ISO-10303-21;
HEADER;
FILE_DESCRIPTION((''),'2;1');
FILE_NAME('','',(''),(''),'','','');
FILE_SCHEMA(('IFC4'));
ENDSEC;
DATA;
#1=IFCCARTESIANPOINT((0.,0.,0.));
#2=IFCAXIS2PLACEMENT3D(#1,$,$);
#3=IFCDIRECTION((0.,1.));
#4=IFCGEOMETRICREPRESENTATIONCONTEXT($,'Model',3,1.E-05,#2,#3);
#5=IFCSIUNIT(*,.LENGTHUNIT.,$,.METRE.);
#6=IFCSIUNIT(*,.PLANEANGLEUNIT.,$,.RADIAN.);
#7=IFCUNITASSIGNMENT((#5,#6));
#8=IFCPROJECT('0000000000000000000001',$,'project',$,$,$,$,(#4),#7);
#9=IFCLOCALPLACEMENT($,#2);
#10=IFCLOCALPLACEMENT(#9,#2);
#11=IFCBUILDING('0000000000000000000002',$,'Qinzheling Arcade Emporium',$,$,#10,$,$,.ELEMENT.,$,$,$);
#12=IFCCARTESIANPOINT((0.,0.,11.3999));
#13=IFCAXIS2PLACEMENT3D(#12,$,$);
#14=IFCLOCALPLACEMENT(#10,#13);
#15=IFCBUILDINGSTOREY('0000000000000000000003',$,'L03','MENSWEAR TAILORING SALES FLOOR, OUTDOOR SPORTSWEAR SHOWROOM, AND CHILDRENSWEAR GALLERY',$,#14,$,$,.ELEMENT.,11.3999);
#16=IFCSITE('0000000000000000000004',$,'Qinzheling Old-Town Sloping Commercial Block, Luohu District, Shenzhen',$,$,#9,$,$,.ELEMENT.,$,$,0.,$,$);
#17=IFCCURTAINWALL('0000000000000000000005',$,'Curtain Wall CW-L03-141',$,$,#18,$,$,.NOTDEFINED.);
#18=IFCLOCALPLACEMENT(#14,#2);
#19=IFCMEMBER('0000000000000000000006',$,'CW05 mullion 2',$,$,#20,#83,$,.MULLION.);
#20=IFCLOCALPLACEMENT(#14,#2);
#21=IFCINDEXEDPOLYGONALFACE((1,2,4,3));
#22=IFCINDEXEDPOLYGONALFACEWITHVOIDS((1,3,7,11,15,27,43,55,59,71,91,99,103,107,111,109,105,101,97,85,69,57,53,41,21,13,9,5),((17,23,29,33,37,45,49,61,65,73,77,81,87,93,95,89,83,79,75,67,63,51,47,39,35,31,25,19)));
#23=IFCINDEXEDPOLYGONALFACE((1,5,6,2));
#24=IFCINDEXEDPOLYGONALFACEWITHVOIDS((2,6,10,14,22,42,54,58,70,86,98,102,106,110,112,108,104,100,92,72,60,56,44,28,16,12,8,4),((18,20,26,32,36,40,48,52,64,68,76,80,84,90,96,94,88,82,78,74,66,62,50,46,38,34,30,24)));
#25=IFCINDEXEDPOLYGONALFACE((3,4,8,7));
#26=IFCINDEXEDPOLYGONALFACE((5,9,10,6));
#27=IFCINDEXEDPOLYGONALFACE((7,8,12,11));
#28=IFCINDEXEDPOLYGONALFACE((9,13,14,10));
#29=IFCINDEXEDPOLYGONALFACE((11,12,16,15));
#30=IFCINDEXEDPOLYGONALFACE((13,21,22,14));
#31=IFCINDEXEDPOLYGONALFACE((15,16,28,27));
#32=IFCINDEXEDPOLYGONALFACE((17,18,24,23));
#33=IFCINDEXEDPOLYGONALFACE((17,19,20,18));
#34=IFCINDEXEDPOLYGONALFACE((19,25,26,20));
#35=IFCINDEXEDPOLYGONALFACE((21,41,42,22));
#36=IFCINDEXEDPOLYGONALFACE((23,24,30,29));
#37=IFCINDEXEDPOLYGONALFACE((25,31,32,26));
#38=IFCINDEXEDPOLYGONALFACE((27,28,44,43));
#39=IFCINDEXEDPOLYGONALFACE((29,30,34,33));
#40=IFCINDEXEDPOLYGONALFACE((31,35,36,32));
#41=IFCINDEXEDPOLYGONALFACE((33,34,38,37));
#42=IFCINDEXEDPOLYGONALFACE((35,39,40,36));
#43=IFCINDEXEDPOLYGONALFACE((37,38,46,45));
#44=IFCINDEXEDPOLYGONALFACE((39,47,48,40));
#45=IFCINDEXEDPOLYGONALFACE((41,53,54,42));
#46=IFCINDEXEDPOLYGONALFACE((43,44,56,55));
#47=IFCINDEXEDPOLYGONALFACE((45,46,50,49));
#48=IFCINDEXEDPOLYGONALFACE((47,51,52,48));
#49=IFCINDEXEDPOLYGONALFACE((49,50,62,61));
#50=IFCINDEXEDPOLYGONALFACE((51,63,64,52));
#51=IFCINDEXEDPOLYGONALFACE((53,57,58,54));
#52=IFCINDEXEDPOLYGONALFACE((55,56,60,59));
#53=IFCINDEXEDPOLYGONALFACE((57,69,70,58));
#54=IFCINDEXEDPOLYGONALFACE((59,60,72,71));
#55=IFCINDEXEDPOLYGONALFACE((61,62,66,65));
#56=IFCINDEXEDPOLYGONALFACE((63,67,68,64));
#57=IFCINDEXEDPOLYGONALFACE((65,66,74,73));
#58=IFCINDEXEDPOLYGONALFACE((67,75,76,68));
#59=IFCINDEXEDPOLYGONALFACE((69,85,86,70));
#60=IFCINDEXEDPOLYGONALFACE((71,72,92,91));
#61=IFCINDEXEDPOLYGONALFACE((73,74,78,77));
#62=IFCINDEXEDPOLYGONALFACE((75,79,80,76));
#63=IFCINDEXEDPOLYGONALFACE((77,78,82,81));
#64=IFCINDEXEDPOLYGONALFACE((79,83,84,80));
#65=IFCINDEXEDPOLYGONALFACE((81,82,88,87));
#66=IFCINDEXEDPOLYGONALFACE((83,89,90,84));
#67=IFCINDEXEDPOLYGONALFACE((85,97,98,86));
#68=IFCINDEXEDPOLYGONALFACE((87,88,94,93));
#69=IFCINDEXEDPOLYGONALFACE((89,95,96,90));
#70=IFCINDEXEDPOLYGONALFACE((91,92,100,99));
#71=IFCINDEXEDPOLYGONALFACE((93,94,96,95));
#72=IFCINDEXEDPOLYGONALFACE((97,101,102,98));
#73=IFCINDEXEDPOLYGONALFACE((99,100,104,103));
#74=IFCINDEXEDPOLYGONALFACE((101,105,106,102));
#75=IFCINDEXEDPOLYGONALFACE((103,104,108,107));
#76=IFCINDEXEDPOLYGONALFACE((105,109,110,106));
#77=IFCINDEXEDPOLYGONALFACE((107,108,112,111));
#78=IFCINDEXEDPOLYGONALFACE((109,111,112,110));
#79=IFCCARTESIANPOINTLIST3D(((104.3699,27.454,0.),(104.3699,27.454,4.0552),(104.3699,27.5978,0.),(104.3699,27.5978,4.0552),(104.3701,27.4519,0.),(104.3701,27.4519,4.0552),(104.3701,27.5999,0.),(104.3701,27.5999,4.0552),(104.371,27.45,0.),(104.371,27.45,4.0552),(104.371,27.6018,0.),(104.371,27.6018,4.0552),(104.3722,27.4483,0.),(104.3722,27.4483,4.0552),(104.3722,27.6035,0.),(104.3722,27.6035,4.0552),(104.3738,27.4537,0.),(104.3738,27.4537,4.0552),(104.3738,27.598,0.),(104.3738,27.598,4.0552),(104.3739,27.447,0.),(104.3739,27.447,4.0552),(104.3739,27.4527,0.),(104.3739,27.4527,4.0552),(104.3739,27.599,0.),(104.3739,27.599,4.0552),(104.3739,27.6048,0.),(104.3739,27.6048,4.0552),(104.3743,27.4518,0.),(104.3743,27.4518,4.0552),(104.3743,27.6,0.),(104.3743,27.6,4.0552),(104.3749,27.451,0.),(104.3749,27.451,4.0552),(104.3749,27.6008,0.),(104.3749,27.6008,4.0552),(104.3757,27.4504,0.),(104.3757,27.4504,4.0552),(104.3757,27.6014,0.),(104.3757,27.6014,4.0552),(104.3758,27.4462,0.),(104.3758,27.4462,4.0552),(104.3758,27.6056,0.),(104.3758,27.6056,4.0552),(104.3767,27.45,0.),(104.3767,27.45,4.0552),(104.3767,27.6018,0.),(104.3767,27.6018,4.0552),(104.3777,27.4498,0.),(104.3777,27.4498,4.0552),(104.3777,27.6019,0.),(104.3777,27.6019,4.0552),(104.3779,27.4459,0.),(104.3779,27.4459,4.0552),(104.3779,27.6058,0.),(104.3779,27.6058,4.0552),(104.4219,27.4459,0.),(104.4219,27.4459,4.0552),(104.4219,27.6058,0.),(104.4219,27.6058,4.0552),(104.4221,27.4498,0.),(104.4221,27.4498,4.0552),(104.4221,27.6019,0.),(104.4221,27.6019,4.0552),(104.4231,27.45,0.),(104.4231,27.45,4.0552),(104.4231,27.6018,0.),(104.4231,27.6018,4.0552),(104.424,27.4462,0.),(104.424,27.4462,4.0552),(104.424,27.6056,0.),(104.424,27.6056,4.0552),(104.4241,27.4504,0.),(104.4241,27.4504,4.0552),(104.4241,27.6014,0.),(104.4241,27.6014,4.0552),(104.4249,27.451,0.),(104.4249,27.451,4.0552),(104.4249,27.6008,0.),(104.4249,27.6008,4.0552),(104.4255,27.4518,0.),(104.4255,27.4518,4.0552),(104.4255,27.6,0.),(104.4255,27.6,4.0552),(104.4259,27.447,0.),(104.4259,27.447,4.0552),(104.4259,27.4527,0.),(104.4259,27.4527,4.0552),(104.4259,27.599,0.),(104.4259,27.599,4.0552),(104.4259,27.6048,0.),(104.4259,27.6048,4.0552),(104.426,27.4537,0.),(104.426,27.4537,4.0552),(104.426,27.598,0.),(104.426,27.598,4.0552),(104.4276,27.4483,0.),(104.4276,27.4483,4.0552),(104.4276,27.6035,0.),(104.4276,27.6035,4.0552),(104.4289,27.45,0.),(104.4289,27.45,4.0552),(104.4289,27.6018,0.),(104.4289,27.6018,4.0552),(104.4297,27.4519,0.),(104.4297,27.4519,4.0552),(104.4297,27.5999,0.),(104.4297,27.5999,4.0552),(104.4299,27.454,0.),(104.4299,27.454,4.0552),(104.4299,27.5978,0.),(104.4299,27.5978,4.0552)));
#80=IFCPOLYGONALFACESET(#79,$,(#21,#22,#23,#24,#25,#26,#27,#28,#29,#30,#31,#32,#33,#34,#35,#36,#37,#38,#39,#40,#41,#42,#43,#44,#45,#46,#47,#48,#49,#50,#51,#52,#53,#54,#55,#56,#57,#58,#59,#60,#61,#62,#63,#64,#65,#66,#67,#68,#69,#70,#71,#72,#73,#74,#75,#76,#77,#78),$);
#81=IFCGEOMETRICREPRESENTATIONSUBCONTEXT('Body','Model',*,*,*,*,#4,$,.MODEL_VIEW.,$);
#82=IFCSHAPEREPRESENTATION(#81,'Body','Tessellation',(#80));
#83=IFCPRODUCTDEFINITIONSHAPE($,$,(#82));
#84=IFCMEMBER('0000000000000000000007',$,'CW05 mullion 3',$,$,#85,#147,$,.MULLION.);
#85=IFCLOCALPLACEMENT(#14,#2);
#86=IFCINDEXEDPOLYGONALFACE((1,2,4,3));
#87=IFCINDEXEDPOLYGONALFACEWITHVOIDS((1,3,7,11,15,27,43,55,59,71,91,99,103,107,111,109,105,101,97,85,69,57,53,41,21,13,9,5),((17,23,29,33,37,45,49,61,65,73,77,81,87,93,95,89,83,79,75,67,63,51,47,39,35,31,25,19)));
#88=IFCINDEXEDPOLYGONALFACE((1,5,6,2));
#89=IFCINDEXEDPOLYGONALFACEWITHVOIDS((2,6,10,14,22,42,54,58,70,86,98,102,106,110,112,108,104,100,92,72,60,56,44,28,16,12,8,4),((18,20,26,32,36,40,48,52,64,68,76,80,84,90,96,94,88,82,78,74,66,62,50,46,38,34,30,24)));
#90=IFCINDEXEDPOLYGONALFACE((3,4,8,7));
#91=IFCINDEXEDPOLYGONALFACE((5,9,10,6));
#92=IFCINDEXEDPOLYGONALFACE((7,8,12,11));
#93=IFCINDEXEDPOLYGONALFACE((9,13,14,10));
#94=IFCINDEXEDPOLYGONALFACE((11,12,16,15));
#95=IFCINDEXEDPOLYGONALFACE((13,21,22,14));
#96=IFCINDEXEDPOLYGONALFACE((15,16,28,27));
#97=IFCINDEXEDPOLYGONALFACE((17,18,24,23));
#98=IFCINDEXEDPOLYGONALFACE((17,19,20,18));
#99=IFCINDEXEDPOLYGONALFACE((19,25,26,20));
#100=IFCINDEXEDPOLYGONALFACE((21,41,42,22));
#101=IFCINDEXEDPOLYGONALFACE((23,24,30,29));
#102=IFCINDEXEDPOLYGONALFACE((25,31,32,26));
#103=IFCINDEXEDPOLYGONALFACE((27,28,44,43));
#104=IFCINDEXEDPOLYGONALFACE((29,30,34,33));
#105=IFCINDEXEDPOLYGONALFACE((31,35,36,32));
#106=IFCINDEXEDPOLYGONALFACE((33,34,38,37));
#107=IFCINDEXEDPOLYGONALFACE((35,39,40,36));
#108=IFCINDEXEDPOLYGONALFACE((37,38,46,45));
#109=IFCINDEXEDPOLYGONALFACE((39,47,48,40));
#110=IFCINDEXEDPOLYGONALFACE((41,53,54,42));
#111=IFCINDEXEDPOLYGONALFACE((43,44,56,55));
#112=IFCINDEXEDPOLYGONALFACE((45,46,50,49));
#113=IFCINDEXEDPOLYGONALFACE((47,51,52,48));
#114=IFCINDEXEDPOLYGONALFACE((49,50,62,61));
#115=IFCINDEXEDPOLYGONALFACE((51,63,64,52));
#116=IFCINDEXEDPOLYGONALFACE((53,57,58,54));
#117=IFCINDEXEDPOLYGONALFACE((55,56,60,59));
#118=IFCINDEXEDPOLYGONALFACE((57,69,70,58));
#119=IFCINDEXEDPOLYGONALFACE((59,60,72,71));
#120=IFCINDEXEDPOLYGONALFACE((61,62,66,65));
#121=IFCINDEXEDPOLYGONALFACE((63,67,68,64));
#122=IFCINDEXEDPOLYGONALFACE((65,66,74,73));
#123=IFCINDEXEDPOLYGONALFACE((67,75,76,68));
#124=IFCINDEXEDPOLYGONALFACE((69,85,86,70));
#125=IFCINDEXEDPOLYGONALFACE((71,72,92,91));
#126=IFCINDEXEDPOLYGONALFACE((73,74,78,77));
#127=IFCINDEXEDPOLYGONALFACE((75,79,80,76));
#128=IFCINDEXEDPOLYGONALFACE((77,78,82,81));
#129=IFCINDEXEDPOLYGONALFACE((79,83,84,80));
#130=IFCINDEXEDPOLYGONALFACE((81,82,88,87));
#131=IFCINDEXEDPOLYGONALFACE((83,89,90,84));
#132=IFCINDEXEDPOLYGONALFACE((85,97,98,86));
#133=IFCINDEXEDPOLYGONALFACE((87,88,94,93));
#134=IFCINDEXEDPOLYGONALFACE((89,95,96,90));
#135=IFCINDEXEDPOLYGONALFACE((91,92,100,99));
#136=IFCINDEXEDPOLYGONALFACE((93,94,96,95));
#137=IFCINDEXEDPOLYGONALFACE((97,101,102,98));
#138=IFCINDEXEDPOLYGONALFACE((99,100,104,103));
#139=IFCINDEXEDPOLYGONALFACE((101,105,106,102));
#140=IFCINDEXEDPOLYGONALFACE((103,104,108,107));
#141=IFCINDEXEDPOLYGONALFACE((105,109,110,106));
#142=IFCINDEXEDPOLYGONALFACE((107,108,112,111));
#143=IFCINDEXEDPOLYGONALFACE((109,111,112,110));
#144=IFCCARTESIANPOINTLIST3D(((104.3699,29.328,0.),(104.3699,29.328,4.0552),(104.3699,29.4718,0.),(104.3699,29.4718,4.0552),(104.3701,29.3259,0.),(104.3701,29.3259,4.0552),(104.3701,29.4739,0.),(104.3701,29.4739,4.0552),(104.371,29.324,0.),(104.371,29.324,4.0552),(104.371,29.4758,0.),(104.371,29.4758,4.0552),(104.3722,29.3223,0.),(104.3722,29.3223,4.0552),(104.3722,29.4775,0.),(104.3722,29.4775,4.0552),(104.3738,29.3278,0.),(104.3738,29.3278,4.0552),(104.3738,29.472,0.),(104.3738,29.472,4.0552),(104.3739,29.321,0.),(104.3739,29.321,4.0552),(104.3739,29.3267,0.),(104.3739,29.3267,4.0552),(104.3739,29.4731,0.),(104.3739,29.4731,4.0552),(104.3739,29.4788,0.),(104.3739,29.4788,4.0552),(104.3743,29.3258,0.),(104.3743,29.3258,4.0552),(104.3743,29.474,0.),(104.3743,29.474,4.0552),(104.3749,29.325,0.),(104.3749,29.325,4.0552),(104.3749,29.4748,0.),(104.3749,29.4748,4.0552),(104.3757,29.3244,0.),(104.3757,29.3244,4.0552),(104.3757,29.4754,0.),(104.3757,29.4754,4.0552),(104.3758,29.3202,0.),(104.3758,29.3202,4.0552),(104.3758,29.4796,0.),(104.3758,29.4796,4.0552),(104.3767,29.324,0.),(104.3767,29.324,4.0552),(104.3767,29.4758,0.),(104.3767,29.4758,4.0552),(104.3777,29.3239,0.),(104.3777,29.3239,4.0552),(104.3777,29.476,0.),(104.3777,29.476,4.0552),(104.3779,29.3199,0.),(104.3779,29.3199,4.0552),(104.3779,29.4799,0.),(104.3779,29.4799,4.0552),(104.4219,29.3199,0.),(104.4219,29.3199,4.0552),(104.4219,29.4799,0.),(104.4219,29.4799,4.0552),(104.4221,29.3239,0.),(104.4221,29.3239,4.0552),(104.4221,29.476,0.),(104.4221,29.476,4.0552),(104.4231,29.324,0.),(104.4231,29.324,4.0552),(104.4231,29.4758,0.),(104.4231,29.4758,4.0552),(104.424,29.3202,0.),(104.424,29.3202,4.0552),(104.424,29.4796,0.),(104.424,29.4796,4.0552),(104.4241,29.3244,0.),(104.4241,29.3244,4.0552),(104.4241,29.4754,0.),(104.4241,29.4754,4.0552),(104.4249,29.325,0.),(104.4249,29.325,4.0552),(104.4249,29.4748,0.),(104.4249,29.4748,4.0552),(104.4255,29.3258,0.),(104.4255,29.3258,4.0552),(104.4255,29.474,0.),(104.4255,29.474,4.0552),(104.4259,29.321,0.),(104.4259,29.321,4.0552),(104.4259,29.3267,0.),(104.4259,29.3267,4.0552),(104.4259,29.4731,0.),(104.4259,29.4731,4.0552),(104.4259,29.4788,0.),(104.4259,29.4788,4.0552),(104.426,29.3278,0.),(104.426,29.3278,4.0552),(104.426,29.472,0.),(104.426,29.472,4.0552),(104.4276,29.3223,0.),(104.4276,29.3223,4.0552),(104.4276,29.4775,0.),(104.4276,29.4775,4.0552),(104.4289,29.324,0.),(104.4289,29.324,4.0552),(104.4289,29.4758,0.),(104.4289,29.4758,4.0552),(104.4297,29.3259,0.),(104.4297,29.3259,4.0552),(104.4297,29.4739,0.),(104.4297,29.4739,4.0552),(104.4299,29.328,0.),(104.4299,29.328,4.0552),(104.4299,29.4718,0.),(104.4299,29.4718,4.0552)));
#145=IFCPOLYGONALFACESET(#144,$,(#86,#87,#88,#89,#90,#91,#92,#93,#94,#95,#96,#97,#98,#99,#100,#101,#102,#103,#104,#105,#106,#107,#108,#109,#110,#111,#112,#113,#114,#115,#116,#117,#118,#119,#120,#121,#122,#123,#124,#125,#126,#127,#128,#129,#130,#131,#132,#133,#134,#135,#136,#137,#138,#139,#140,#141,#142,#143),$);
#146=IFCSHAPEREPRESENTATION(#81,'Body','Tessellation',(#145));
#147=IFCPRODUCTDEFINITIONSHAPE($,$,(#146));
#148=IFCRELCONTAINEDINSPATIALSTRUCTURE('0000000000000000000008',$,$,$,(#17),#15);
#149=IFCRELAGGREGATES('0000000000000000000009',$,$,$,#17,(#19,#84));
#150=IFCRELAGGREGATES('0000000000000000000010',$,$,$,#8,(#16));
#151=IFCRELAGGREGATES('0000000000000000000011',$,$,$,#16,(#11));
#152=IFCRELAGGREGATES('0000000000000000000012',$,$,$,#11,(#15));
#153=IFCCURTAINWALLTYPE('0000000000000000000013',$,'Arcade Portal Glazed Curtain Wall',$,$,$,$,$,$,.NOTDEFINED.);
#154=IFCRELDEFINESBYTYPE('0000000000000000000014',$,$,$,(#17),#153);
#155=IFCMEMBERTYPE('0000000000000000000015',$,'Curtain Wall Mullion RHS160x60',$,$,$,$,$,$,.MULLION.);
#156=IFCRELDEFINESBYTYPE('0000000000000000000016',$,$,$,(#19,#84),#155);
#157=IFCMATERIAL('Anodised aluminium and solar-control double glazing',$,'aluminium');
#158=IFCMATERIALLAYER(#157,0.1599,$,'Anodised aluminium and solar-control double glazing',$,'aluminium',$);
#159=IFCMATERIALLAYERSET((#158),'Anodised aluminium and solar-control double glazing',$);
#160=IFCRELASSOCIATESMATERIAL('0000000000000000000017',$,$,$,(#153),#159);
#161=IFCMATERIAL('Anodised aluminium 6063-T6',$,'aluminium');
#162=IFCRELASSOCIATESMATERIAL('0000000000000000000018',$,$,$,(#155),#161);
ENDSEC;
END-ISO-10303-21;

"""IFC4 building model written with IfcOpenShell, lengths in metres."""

from ifc_helpers import new_model, si_unit, direction, frame, origin, origin_2d, place, context, subcontext, project, spatial, hollow_rectangle, extrude, material, layer, layer_set, material_profile, profile_set, type_object, element, aggregate, save


model = new_model("IFC4")

# Units and contexts
model_context = context("Model", 3, precision=1e-05, world=origin(), true_north=direction((0.0, 1.0)))
body_context = subcontext(model_context, "Body", "Model", "MODEL_VIEW")
ifc_project = project(units=[si_unit("LENGTHUNIT", "METRE"), si_unit("PLANEANGLEUNIT", "RADIAN")], contexts=[model_context])

# Site, building, storey
site_placement = place(None, origin())
site = spatial("IfcSite", under=ifc_project, at=site_placement, Name="Qinzheling Old-Town Sloping Commercial Block, Luohu District, Shenzhen", CompositionType="ELEMENT", RefElevation=0.0)
building_placement = place(site_placement, origin())
building = spatial("IfcBuilding", under=site, at=building_placement, Name="Qinzheling Arcade Emporium", CompositionType="ELEMENT")
storey_placement = place(building_placement, frame((0.0, 0.0, 11.3999)))
storey = spatial("IfcBuildingStorey", under=building, at=storey_placement, Name="L03", Description="MENSWEAR TAILORING SALES FLOOR, OUTDOOR SPORTSWEAR SHOWROOM, AND CHILDRENSWEAR GALLERY", CompositionType="ELEMENT", Elevation=11.3999)

# Curtain wall, members
ifc_material_1 = material(Name="Anodised aluminium and solar-control double glazing", Category="aluminium")
ifc_layer_1 = layer(ifc_material_1, 0.1599, Name="Anodised aluminium and solar-control double glazing", Category="aluminium")
ifc_layer_set_1 = layer_set([ifc_layer_1], Name="Anodised aluminium and solar-control double glazing")
curtain_wall_type = type_object("IfcCurtainWallType", Name="Arcade Portal Glazed Curtain Wall", PredefinedType="NOTDEFINED", material=ifc_layer_set_1)
curtain_wall_placement = place(storey_placement, origin())
curtain_wall = element("IfcCurtainWall", 1, at=curtain_wall_placement, inside=storey, type_object=curtain_wall_type, Name="Curtain Wall CW-L03-141", PredefinedType="NOTDEFINED")
ifc_material_2 = material(Name="Anodised aluminium 6063-T6", Category="aluminium")
ifc_material_profile_1 = material_profile(ifc_material_2, hollow_rectangle(XDim=0.0601, YDim=0.1599, WallThickness=0.0039, InnerFilletRadius=0.0039, OuterFilletRadius=0.0081, at=origin_2d()), Name="RHS 160x60x4", Category="aluminium")
ifc_profile_set_1 = profile_set([ifc_material_profile_1], Name="Anodised aluminium 6063-T6")
member_type_1 = type_object("IfcMemberType", Name="Curtain Wall Mullion RHS160x60", PredefinedType="MULLION", material=ifc_profile_set_1)
member_1_placement = place(storey_placement, frame((104.3999, 27.5259, 0.0), z_axis=(0.0, 0.0, 1.0), x_axis=(-1.0, 0.0, 0.0)))
member_1 = element("IfcMember", 2, at=member_1_placement, type_object=member_type_1, Name="CW05 mullion 2", PredefinedType="MULLION", context=body_context, shape_type="SweptSolid", body=[
    extrude(hollow_rectangle(XDim=0.0601, YDim=0.1599, WallThickness=0.0039, InnerFilletRadius=0.0039, OuterFilletRadius=0.0081, at=origin_2d()), origin(), (0.0, 0.0, 1.0), 4.0552),
])
member_2_placement = place(storey_placement, frame((104.3999, 29.3999, 0.0), z_axis=(0.0, 0.0, 1.0), x_axis=(-1.0, 0.0, 0.0)))
member_2 = element("IfcMember", 3, at=member_2_placement, type_object=member_type_1, Name="CW05 mullion 3", PredefinedType="MULLION", context=body_context, shape_type="SweptSolid", body=[
    extrude(hollow_rectangle(XDim=0.0601, YDim=0.1599, WallThickness=0.0039, InnerFilletRadius=0.0039, OuterFilletRadius=0.0081, at=origin_2d()), origin(), (0.0, 0.0, 1.0), 4.0552),
])
aggregate(curtain_wall, [member_1, member_2])

save(model, "model.ifc")
